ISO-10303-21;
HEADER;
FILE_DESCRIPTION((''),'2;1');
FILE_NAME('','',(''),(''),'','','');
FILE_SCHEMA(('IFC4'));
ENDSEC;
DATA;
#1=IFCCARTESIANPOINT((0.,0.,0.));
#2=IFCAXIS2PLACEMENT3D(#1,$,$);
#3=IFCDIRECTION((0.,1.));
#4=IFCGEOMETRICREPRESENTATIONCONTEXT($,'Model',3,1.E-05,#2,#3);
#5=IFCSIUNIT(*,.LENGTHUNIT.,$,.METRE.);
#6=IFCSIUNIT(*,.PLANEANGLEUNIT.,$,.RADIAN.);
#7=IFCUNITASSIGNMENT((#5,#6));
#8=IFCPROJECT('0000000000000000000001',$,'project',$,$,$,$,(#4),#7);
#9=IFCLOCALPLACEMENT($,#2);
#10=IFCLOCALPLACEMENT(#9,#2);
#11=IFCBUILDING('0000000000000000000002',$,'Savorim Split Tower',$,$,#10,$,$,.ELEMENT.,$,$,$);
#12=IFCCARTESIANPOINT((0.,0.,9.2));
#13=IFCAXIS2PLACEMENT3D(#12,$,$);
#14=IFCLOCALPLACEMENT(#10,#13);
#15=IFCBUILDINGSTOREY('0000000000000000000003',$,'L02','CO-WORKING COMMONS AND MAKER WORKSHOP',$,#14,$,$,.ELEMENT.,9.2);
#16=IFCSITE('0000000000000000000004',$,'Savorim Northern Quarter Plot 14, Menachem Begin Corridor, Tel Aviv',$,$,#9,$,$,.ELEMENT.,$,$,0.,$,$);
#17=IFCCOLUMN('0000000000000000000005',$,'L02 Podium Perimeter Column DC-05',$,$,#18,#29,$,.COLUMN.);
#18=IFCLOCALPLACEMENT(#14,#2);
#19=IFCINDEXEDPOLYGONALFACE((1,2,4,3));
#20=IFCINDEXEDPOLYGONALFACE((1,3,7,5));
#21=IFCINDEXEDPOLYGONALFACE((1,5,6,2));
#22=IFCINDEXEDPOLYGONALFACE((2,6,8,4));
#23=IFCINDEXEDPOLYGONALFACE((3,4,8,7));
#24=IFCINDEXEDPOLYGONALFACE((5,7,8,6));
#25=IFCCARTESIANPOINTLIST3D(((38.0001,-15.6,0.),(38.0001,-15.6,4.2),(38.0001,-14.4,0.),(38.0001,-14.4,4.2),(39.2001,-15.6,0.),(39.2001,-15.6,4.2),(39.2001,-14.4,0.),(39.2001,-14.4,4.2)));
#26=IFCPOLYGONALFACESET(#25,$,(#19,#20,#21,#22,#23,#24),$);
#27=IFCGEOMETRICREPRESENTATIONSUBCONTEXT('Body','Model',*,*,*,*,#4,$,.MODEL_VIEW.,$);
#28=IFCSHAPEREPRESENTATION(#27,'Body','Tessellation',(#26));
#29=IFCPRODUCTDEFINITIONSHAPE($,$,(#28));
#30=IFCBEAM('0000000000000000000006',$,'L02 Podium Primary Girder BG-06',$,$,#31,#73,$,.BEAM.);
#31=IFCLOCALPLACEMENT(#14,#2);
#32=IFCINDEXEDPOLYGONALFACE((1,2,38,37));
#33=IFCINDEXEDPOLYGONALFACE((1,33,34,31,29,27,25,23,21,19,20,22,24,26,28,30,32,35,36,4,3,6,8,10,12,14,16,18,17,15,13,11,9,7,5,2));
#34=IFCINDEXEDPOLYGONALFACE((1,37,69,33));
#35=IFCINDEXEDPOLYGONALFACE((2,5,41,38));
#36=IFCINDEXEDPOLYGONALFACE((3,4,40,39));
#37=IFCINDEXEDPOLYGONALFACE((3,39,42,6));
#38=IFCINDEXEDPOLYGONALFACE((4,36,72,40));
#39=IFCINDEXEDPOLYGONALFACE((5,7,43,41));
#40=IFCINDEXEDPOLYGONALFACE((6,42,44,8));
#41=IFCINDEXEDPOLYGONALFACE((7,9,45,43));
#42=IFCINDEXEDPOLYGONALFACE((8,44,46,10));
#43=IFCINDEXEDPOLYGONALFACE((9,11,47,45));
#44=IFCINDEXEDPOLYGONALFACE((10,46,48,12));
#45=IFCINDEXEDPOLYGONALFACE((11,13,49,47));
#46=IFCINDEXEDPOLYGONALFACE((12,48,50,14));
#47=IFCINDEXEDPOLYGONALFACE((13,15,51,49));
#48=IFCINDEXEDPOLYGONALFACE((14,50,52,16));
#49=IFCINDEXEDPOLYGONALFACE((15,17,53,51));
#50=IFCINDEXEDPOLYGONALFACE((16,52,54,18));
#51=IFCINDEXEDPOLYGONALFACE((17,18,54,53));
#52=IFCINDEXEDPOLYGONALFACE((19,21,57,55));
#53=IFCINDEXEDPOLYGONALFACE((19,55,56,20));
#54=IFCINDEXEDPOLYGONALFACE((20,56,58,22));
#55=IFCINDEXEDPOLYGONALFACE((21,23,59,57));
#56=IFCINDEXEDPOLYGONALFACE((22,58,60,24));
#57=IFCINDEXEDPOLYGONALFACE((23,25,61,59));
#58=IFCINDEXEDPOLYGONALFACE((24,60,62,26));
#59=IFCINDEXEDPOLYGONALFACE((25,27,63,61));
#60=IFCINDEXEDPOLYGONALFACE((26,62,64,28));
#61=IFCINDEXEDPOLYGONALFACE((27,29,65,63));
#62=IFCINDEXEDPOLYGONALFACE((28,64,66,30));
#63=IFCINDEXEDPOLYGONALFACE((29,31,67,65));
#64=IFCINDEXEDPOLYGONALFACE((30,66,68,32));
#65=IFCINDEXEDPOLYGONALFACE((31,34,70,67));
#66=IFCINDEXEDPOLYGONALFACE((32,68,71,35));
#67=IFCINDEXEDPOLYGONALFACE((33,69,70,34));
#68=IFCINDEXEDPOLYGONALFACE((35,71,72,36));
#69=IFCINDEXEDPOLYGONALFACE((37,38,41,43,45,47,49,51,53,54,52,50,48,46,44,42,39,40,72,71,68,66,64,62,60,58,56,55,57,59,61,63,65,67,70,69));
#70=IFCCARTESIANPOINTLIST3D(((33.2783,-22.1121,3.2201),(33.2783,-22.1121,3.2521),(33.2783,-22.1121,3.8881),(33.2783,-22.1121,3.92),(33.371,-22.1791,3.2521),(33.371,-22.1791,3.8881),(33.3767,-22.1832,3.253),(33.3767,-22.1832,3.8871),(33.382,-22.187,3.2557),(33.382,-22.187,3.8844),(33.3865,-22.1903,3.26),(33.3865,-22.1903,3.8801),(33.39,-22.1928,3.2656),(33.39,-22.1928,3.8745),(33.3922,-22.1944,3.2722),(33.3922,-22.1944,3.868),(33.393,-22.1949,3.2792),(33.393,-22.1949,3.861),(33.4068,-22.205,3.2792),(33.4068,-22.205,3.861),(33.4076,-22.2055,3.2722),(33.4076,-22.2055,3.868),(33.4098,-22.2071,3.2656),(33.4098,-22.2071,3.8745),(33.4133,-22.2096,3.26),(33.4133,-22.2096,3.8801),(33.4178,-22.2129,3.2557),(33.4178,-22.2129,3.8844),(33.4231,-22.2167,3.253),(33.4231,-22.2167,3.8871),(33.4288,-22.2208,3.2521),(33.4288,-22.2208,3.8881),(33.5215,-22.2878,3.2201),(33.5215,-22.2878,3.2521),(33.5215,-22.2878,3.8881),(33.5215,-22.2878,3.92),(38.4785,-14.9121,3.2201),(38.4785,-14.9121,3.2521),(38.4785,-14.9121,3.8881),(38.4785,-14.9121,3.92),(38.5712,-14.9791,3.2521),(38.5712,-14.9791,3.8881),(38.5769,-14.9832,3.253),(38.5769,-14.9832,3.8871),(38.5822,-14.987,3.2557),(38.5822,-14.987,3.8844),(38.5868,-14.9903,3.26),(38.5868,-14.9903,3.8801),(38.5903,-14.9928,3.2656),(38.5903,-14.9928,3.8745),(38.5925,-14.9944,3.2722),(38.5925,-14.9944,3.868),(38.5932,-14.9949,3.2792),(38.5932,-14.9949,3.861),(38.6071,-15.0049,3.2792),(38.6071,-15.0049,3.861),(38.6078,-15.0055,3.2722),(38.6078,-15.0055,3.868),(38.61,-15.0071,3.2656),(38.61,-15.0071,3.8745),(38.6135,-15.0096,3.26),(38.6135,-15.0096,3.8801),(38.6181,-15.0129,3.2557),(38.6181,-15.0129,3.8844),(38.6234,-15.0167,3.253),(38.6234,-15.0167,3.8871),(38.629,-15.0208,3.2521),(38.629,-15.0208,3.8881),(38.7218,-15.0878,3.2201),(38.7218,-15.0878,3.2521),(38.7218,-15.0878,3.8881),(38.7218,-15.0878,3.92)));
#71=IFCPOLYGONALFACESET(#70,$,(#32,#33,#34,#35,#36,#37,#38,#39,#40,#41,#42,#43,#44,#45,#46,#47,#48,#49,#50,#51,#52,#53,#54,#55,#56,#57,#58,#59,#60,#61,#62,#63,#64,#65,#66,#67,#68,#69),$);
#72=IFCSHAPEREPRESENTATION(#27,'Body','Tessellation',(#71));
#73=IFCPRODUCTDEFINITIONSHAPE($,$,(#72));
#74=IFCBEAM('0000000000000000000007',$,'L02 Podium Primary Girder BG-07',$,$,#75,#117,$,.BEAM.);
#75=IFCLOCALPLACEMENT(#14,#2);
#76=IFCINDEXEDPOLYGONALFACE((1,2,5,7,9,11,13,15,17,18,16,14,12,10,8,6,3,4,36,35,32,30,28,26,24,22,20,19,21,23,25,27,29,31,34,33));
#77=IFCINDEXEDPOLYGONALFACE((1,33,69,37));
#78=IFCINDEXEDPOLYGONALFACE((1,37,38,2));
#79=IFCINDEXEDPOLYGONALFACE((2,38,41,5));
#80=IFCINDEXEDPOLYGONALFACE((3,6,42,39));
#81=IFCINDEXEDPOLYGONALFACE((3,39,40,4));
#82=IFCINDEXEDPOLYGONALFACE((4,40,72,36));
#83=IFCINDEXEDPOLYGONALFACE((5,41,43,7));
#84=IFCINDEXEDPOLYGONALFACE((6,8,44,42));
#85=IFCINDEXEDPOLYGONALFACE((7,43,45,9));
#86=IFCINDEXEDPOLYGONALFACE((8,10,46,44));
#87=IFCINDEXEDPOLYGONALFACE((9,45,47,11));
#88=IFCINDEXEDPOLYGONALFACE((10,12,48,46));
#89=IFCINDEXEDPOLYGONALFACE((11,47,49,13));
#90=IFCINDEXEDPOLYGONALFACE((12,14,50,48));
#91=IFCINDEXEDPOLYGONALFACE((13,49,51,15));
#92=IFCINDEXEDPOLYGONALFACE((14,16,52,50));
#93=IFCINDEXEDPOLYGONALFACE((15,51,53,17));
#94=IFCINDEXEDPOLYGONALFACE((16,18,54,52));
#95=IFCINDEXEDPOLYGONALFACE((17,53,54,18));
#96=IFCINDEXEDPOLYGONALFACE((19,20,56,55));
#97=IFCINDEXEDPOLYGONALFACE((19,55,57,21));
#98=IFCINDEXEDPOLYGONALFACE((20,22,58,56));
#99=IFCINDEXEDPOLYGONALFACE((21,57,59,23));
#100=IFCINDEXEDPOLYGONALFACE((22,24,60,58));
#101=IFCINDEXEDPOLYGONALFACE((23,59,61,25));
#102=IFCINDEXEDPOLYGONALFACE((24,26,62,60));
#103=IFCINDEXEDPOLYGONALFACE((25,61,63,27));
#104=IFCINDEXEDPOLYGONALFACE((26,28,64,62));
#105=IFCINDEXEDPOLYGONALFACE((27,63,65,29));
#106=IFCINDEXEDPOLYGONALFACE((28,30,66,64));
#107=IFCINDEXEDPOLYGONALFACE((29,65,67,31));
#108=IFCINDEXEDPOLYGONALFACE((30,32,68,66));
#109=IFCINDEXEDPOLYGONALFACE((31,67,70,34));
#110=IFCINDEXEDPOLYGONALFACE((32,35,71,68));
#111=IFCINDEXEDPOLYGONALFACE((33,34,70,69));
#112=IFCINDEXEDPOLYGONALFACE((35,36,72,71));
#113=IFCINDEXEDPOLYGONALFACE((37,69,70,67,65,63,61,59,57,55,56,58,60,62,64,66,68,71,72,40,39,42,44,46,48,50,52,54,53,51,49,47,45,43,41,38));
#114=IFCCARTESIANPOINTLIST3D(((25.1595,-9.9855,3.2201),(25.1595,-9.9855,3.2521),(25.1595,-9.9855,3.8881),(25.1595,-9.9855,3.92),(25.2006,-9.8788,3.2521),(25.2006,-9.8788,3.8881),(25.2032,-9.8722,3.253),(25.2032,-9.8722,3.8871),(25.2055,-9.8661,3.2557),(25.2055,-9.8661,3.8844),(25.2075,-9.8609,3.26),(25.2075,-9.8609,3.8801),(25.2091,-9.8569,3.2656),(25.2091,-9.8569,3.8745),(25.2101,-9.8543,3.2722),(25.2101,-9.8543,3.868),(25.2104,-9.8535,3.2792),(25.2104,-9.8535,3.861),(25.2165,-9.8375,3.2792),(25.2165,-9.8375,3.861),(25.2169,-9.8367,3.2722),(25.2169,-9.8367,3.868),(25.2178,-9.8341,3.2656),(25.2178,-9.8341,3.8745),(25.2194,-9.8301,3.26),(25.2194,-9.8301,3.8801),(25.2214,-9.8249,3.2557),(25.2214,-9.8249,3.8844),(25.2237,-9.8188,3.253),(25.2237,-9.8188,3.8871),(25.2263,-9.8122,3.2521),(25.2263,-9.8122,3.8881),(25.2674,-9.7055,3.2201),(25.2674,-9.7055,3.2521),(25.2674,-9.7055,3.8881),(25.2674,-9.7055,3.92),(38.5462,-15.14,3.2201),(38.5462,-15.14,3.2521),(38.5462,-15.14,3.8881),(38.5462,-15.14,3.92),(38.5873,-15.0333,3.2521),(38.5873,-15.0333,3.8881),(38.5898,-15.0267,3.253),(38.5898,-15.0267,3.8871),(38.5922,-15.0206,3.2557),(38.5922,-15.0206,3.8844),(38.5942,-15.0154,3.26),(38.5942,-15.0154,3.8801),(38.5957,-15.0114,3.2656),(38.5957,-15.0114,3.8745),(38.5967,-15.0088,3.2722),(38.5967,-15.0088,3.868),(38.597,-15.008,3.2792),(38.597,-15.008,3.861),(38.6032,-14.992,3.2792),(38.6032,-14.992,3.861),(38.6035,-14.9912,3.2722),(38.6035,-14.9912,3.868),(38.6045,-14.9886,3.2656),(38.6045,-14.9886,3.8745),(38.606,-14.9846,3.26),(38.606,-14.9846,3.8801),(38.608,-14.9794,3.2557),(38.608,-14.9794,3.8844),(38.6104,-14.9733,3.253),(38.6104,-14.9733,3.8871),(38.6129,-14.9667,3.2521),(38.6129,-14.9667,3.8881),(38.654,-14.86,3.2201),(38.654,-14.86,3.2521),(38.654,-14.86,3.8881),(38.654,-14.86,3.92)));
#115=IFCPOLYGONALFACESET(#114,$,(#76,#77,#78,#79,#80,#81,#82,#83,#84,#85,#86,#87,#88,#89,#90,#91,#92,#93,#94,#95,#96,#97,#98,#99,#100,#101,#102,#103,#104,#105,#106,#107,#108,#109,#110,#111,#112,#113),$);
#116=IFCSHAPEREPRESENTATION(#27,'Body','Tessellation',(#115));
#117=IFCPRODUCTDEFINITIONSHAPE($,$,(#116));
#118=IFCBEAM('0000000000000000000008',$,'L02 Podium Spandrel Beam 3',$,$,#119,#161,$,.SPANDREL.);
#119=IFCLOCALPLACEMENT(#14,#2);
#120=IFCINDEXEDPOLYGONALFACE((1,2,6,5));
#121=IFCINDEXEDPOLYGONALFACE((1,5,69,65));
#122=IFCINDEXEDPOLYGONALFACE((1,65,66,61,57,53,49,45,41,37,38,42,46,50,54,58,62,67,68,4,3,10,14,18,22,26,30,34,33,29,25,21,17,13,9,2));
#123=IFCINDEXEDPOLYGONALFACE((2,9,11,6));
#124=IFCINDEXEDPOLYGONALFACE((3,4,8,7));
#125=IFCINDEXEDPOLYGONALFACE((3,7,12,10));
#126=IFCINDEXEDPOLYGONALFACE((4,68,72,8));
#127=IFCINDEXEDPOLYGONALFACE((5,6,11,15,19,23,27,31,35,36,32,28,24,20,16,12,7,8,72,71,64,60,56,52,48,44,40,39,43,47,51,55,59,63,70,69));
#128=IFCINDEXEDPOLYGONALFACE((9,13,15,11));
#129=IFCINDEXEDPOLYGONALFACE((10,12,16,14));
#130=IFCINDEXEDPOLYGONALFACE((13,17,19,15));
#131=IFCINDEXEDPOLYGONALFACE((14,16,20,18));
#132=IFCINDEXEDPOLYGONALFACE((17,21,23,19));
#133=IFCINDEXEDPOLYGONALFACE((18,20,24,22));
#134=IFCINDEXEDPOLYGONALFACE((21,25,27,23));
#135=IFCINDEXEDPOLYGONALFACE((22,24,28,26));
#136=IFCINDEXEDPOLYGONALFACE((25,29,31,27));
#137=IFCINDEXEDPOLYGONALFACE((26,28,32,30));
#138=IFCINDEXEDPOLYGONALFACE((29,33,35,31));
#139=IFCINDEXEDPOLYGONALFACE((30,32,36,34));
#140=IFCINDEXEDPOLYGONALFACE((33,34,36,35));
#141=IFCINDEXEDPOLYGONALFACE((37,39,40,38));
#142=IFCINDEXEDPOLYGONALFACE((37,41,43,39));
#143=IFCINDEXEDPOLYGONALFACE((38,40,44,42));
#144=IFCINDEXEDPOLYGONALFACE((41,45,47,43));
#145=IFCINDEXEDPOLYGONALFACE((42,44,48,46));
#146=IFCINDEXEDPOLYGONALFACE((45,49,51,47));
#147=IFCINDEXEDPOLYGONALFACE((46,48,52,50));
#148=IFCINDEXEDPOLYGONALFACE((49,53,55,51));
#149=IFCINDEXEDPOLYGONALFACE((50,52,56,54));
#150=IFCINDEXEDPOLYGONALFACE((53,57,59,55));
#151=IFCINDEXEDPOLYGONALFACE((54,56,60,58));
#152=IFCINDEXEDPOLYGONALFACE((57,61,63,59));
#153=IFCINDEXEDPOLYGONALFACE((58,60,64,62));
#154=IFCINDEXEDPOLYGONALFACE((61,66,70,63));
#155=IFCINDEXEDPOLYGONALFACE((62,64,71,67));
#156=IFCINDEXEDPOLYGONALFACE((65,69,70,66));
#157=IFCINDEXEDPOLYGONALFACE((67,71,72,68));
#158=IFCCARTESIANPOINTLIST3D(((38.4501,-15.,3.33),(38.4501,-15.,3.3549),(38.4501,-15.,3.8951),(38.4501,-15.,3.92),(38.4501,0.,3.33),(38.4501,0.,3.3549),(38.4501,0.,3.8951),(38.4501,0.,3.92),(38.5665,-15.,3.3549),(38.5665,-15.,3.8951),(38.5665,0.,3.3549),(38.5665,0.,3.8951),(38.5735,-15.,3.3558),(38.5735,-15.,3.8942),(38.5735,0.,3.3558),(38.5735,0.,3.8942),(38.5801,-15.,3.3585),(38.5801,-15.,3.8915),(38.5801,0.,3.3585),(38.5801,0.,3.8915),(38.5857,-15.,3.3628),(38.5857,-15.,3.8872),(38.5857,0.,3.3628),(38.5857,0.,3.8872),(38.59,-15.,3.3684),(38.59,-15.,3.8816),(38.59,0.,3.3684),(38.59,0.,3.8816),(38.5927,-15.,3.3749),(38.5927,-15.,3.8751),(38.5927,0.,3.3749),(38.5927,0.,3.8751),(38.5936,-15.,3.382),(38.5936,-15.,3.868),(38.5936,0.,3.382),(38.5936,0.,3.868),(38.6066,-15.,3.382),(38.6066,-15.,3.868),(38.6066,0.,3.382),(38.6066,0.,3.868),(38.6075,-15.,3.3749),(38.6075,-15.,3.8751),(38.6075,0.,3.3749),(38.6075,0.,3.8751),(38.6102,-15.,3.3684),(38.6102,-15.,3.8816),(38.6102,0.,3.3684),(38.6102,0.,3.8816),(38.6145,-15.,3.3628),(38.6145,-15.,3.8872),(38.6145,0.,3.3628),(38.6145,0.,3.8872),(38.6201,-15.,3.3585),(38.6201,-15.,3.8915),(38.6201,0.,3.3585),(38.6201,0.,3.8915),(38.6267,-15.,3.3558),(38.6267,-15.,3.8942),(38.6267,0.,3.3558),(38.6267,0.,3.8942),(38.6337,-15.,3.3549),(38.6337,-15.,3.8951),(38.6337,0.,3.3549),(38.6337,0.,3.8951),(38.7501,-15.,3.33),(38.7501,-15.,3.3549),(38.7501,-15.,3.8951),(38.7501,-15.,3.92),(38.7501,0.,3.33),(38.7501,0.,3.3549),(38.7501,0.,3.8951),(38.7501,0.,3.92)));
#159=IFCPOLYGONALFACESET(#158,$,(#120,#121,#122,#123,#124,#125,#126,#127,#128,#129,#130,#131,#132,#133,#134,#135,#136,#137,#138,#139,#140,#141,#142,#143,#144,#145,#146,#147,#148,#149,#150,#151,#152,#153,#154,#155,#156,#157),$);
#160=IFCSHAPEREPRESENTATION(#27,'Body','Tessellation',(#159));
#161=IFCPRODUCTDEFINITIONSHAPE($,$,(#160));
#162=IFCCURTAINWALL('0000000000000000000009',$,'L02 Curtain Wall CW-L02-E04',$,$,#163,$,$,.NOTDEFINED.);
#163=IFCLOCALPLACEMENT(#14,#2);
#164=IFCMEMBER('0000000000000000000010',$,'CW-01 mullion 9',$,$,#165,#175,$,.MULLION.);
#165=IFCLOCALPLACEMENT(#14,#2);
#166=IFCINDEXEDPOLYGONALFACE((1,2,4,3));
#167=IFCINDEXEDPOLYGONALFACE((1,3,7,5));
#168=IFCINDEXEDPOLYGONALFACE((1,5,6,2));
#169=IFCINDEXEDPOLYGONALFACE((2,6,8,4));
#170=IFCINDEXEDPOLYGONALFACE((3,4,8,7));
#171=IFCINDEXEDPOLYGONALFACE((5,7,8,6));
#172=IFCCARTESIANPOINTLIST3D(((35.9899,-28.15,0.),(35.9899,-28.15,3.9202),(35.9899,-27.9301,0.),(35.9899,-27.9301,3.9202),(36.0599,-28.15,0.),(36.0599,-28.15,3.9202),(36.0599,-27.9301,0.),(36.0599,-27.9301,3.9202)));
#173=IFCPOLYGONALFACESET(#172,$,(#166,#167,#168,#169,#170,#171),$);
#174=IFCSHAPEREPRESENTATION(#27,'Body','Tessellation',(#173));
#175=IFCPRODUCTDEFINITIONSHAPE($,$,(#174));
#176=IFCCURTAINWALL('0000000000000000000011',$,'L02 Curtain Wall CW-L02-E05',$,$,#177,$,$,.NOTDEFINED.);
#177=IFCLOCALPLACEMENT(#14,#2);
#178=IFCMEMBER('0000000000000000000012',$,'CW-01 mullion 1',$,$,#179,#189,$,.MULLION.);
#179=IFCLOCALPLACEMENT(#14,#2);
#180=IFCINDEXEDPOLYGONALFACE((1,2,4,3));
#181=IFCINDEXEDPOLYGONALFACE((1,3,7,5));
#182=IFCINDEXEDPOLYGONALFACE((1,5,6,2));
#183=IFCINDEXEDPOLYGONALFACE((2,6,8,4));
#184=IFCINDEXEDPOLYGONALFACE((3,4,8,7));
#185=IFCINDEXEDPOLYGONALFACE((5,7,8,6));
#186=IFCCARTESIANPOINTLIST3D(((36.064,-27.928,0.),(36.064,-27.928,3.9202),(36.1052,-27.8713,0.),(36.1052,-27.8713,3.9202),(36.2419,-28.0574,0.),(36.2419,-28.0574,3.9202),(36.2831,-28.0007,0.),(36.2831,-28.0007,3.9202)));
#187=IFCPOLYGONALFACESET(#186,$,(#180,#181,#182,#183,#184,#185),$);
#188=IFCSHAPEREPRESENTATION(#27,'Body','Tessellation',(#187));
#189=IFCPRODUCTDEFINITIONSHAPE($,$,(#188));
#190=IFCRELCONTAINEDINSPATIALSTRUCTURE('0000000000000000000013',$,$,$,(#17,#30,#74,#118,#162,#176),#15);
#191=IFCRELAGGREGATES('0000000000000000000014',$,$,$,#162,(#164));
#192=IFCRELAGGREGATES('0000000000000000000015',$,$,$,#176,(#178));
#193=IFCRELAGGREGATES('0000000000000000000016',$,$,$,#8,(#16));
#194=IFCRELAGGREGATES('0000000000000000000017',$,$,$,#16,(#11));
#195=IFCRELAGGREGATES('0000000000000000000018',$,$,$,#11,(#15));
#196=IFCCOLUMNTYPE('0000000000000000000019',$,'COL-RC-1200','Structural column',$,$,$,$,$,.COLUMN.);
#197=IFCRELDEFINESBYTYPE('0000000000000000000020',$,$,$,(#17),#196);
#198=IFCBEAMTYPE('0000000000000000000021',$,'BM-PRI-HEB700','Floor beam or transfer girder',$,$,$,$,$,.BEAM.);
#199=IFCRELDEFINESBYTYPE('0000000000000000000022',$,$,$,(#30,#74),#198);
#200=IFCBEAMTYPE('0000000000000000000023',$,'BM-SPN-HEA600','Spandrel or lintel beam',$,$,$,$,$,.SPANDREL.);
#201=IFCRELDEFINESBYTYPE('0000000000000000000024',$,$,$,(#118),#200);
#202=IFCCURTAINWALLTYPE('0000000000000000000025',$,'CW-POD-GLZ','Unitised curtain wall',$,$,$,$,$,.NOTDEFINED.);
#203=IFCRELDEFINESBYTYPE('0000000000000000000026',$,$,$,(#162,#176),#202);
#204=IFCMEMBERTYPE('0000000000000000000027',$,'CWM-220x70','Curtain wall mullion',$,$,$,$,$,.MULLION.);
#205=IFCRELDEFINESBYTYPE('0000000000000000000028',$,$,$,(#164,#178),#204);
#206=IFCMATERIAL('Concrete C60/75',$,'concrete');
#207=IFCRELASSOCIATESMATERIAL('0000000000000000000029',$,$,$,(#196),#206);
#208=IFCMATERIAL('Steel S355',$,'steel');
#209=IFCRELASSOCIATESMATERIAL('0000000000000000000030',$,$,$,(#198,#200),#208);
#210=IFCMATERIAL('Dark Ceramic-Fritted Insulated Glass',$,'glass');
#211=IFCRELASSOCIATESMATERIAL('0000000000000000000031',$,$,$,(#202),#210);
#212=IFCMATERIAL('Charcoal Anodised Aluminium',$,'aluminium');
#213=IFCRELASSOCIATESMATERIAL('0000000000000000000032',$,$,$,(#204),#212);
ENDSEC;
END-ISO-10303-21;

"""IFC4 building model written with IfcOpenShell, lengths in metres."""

from ifc_helpers import new_model, si_unit, direction, frame, origin, origin_2d, place, context, subcontext, project, spatial, rectangle, i_section, extrude, material, material_profile, profile_set, type_object, element, aggregate, save


model = new_model("IFC4")

# Units and contexts
model_context = context("Model", 3, precision=1e-05, world=origin(), true_north=direction((0.0, 1.0)))
body_context = subcontext(model_context, "Body", "Model", "MODEL_VIEW")
ifc_project = project(units=[si_unit("LENGTHUNIT", "METRE"), si_unit("PLANEANGLEUNIT", "RADIAN")], contexts=[model_context])

# Site, building, storey
site_placement = place(None, origin())
site = spatial("IfcSite", under=ifc_project, at=site_placement, Name="Savorim Northern Quarter Plot 14, Menachem Begin Corridor, Tel Aviv", CompositionType="ELEMENT", RefElevation=0.0)
building_placement = place(site_placement, origin())
building = spatial("IfcBuilding", under=site, at=building_placement, Name="Savorim Split Tower", CompositionType="ELEMENT")
storey_placement = place(building_placement, frame((0.0, 0.0, 9.2)))
storey = spatial("IfcBuildingStorey", under=building, at=storey_placement, Name="L02", Description="CO-WORKING COMMONS AND MAKER WORKSHOP", CompositionType="ELEMENT", Elevation=9.2)

# Column
ifc_material_1 = material(Name="Concrete C60/75", Category="concrete")
ifc_material_profile_1 = material_profile(ifc_material_1, rectangle(XDim=1.2, YDim=1.2, at=origin_2d()), Name="RC 1200x1200")
ifc_profile_set_1 = profile_set([ifc_material_profile_1], Name="Concrete C60/75")
column_type = type_object("IfcColumnType", Name="COL-RC-1200", Description="Structural column", PredefinedType="COLUMN", material=ifc_profile_set_1)
column_placement = place(storey_placement, frame((38.6001, -15.0, 0.0), z_axis=(0.0, 0.0, 1.0), x_axis=(1.0, 0.0, 0.0)))
element("IfcColumn", 1, at=column_placement, inside=storey, type_object=column_type, Name="L02 Podium Perimeter Column DC-05", PredefinedType="COLUMN", context=body_context, shape_type="SweptSolid", body=[
    extrude(rectangle(XDim=1.2, YDim=1.2, at=origin_2d()), origin(), (0.0, 0.0, 1.0), 4.2),
])

# Beams
ifc_material_2 = material(Name="Steel S355", Category="steel")
ifc_material_profile_2 = material_profile(ifc_material_2, i_section(OverallWidth=0.3, OverallDepth=0.7, WebThickness=0.0171, FlangeThickness=0.032, FilletRadius=0.0271, at=origin_2d()), Name="HEB 700")
ifc_profile_set_2 = profile_set([ifc_material_profile_2], Name="Steel S355")
beam_type_1 = type_object("IfcBeamType", Name="BM-PRI-HEB700", Description="Floor beam or transfer girder", PredefinedType="BEAM", material=ifc_profile_set_2)
beam_1_placement = place(storey_placement, frame((33.3999, -22.2, 3.5701), z_axis=(0.585508, 0.810667, 0.0), x_axis=(-0.810667, 0.585508, 0.0)))
element("IfcBeam", 2, at=beam_1_placement, inside=storey, type_object=beam_type_1, Name="L02 Podium Primary Girder BG-06", PredefinedType="BEAM", context=body_context, shape_type="SweptSolid", body=[
    extrude(i_section(OverallWidth=0.3, OverallDepth=0.7, WebThickness=0.0171, FlangeThickness=0.032, FilletRadius=0.0271, at=origin_2d()), origin(), (0.0, 0.0, 1.0), 8.8816),
])
beam_2_placement = place(storey_placement, frame((38.6001, -15.0, 3.5701), z_axis=(-0.93321, 0.359331, 0.0), x_axis=(-0.359331, -0.93321, 0.0)))
element("IfcBeam", 3, at=beam_2_placement, inside=storey, type_object=beam_type_1, Name="L02 Podium Primary Girder BG-07", PredefinedType="BEAM", context=body_context, shape_type="SweptSolid", body=[
    extrude(i_section(OverallWidth=0.3, OverallDepth=0.7, WebThickness=0.0171, FlangeThickness=0.032, FilletRadius=0.0271, at=origin_2d()), origin(), (0.0, 0.0, 1.0), 14.3447),
])
ifc_material_profile_3 = material_profile(ifc_material_2, i_section(OverallWidth=0.3, OverallDepth=0.5901, WebThickness=0.0129, FlangeThickness=0.0249, FilletRadius=0.0271, at=origin_2d()), Name="HEA 600")
ifc_profile_set_3 = profile_set([ifc_material_profile_3], Name="Steel S355")
beam_type_2 = type_object("IfcBeamType", Name="BM-SPN-HEA600", Description="Spandrel or lintel beam", PredefinedType="SPANDREL", material=ifc_profile_set_3)
beam_3_placement = place(storey_placement, frame((38.6001, -15.0, 3.625), z_axis=(0.0, 1.0, 0.0), x_axis=(-1.0, 0.0, 0.0)))
element("IfcBeam", 4, at=beam_3_placement, inside=storey, type_object=beam_type_2, Name="L02 Podium Spandrel Beam 3", PredefinedType="SPANDREL", context=body_context, shape_type="SweptSolid", body=[
    extrude(i_section(OverallWidth=0.3, OverallDepth=0.5901, WebThickness=0.0129, FlangeThickness=0.0249, FilletRadius=0.0271, at=origin_2d()), origin(), (0.0, 0.0, 1.0), 15.0),
])

# Curtain wall, member
ifc_material_3 = material(Name="Dark Ceramic-Fritted Insulated Glass", Category="glass")
curtain_wall_type = type_object("IfcCurtainWallType", Name="CW-POD-GLZ", Description="Unitised curtain wall", PredefinedType="NOTDEFINED", material=ifc_material_3)
curtain_wall_1_placement = place(storey_placement, origin())
curtain_wall_1 = element("IfcCurtainWall", 5, at=curtain_wall_1_placement, inside=storey, type_object=curtain_wall_type, Name="L02 Curtain Wall CW-L02-E04", PredefinedType="NOTDEFINED")
ifc_material_4 = material(Name="Charcoal Anodised Aluminium", Category="aluminium")
ifc_material_profile_4 = material_profile(ifc_material_4, rectangle(XDim=0.22, YDim=0.0701, at=origin_2d()), Name="ALU-M 220x70")
ifc_profile_set_4 = profile_set([ifc_material_profile_4], Name="Charcoal Anodised Aluminium")
member_type_1 = type_object("IfcMemberType", Name="CWM-220x70", Description="Curtain wall mullion", PredefinedType="MULLION", material=ifc_profile_set_4)
member_1_placement = place(storey_placement, frame((36.0249, -28.04, 0.0), z_axis=(0.0, 0.0, 1.0), x_axis=(0.0, 1.0, 0.0)))
member_1 = element("IfcMember", 6, at=member_1_placement, type_object=member_type_1, Name="CW-01 mullion 9", PredefinedType="MULLION", context=body_context, shape_type="SweptSolid", body=[
    extrude(rectangle(XDim=0.22, YDim=0.0701, at=origin_2d()), origin(), (0.0, 0.0, 1.0), 3.9202),
])
aggregate(curtain_wall_1, [member_1])

# Curtain wall, member
curtain_wall_2_placement = place(storey_placement, origin())
curtain_wall_2 = element("IfcCurtainWall", 7, at=curtain_wall_2_placement, inside=storey, type_object=curtain_wall_type, Name="L02 Curtain Wall CW-L02-E05", PredefinedType="NOTDEFINED")
member_2_placement = place(storey_placement, frame((36.1736, -27.9644, 0.0), z_axis=(0.0, 0.0, 1.0), x_axis=(-0.808733, 0.588176, 0.0)))
member_2 = element("IfcMember", 8, at=member_2_placement, type_object=member_type_1, Name="CW-01 mullion 1", PredefinedType="MULLION", context=body_context, shape_type="SweptSolid", body=[
    extrude(rectangle(XDim=0.22, YDim=0.0701, at=origin_2d()), origin(), (0.0, 0.0, 1.0), 3.9202),
])

aggregate(curtain_wall_2, [member_2])

save(model, "model.ifc")
